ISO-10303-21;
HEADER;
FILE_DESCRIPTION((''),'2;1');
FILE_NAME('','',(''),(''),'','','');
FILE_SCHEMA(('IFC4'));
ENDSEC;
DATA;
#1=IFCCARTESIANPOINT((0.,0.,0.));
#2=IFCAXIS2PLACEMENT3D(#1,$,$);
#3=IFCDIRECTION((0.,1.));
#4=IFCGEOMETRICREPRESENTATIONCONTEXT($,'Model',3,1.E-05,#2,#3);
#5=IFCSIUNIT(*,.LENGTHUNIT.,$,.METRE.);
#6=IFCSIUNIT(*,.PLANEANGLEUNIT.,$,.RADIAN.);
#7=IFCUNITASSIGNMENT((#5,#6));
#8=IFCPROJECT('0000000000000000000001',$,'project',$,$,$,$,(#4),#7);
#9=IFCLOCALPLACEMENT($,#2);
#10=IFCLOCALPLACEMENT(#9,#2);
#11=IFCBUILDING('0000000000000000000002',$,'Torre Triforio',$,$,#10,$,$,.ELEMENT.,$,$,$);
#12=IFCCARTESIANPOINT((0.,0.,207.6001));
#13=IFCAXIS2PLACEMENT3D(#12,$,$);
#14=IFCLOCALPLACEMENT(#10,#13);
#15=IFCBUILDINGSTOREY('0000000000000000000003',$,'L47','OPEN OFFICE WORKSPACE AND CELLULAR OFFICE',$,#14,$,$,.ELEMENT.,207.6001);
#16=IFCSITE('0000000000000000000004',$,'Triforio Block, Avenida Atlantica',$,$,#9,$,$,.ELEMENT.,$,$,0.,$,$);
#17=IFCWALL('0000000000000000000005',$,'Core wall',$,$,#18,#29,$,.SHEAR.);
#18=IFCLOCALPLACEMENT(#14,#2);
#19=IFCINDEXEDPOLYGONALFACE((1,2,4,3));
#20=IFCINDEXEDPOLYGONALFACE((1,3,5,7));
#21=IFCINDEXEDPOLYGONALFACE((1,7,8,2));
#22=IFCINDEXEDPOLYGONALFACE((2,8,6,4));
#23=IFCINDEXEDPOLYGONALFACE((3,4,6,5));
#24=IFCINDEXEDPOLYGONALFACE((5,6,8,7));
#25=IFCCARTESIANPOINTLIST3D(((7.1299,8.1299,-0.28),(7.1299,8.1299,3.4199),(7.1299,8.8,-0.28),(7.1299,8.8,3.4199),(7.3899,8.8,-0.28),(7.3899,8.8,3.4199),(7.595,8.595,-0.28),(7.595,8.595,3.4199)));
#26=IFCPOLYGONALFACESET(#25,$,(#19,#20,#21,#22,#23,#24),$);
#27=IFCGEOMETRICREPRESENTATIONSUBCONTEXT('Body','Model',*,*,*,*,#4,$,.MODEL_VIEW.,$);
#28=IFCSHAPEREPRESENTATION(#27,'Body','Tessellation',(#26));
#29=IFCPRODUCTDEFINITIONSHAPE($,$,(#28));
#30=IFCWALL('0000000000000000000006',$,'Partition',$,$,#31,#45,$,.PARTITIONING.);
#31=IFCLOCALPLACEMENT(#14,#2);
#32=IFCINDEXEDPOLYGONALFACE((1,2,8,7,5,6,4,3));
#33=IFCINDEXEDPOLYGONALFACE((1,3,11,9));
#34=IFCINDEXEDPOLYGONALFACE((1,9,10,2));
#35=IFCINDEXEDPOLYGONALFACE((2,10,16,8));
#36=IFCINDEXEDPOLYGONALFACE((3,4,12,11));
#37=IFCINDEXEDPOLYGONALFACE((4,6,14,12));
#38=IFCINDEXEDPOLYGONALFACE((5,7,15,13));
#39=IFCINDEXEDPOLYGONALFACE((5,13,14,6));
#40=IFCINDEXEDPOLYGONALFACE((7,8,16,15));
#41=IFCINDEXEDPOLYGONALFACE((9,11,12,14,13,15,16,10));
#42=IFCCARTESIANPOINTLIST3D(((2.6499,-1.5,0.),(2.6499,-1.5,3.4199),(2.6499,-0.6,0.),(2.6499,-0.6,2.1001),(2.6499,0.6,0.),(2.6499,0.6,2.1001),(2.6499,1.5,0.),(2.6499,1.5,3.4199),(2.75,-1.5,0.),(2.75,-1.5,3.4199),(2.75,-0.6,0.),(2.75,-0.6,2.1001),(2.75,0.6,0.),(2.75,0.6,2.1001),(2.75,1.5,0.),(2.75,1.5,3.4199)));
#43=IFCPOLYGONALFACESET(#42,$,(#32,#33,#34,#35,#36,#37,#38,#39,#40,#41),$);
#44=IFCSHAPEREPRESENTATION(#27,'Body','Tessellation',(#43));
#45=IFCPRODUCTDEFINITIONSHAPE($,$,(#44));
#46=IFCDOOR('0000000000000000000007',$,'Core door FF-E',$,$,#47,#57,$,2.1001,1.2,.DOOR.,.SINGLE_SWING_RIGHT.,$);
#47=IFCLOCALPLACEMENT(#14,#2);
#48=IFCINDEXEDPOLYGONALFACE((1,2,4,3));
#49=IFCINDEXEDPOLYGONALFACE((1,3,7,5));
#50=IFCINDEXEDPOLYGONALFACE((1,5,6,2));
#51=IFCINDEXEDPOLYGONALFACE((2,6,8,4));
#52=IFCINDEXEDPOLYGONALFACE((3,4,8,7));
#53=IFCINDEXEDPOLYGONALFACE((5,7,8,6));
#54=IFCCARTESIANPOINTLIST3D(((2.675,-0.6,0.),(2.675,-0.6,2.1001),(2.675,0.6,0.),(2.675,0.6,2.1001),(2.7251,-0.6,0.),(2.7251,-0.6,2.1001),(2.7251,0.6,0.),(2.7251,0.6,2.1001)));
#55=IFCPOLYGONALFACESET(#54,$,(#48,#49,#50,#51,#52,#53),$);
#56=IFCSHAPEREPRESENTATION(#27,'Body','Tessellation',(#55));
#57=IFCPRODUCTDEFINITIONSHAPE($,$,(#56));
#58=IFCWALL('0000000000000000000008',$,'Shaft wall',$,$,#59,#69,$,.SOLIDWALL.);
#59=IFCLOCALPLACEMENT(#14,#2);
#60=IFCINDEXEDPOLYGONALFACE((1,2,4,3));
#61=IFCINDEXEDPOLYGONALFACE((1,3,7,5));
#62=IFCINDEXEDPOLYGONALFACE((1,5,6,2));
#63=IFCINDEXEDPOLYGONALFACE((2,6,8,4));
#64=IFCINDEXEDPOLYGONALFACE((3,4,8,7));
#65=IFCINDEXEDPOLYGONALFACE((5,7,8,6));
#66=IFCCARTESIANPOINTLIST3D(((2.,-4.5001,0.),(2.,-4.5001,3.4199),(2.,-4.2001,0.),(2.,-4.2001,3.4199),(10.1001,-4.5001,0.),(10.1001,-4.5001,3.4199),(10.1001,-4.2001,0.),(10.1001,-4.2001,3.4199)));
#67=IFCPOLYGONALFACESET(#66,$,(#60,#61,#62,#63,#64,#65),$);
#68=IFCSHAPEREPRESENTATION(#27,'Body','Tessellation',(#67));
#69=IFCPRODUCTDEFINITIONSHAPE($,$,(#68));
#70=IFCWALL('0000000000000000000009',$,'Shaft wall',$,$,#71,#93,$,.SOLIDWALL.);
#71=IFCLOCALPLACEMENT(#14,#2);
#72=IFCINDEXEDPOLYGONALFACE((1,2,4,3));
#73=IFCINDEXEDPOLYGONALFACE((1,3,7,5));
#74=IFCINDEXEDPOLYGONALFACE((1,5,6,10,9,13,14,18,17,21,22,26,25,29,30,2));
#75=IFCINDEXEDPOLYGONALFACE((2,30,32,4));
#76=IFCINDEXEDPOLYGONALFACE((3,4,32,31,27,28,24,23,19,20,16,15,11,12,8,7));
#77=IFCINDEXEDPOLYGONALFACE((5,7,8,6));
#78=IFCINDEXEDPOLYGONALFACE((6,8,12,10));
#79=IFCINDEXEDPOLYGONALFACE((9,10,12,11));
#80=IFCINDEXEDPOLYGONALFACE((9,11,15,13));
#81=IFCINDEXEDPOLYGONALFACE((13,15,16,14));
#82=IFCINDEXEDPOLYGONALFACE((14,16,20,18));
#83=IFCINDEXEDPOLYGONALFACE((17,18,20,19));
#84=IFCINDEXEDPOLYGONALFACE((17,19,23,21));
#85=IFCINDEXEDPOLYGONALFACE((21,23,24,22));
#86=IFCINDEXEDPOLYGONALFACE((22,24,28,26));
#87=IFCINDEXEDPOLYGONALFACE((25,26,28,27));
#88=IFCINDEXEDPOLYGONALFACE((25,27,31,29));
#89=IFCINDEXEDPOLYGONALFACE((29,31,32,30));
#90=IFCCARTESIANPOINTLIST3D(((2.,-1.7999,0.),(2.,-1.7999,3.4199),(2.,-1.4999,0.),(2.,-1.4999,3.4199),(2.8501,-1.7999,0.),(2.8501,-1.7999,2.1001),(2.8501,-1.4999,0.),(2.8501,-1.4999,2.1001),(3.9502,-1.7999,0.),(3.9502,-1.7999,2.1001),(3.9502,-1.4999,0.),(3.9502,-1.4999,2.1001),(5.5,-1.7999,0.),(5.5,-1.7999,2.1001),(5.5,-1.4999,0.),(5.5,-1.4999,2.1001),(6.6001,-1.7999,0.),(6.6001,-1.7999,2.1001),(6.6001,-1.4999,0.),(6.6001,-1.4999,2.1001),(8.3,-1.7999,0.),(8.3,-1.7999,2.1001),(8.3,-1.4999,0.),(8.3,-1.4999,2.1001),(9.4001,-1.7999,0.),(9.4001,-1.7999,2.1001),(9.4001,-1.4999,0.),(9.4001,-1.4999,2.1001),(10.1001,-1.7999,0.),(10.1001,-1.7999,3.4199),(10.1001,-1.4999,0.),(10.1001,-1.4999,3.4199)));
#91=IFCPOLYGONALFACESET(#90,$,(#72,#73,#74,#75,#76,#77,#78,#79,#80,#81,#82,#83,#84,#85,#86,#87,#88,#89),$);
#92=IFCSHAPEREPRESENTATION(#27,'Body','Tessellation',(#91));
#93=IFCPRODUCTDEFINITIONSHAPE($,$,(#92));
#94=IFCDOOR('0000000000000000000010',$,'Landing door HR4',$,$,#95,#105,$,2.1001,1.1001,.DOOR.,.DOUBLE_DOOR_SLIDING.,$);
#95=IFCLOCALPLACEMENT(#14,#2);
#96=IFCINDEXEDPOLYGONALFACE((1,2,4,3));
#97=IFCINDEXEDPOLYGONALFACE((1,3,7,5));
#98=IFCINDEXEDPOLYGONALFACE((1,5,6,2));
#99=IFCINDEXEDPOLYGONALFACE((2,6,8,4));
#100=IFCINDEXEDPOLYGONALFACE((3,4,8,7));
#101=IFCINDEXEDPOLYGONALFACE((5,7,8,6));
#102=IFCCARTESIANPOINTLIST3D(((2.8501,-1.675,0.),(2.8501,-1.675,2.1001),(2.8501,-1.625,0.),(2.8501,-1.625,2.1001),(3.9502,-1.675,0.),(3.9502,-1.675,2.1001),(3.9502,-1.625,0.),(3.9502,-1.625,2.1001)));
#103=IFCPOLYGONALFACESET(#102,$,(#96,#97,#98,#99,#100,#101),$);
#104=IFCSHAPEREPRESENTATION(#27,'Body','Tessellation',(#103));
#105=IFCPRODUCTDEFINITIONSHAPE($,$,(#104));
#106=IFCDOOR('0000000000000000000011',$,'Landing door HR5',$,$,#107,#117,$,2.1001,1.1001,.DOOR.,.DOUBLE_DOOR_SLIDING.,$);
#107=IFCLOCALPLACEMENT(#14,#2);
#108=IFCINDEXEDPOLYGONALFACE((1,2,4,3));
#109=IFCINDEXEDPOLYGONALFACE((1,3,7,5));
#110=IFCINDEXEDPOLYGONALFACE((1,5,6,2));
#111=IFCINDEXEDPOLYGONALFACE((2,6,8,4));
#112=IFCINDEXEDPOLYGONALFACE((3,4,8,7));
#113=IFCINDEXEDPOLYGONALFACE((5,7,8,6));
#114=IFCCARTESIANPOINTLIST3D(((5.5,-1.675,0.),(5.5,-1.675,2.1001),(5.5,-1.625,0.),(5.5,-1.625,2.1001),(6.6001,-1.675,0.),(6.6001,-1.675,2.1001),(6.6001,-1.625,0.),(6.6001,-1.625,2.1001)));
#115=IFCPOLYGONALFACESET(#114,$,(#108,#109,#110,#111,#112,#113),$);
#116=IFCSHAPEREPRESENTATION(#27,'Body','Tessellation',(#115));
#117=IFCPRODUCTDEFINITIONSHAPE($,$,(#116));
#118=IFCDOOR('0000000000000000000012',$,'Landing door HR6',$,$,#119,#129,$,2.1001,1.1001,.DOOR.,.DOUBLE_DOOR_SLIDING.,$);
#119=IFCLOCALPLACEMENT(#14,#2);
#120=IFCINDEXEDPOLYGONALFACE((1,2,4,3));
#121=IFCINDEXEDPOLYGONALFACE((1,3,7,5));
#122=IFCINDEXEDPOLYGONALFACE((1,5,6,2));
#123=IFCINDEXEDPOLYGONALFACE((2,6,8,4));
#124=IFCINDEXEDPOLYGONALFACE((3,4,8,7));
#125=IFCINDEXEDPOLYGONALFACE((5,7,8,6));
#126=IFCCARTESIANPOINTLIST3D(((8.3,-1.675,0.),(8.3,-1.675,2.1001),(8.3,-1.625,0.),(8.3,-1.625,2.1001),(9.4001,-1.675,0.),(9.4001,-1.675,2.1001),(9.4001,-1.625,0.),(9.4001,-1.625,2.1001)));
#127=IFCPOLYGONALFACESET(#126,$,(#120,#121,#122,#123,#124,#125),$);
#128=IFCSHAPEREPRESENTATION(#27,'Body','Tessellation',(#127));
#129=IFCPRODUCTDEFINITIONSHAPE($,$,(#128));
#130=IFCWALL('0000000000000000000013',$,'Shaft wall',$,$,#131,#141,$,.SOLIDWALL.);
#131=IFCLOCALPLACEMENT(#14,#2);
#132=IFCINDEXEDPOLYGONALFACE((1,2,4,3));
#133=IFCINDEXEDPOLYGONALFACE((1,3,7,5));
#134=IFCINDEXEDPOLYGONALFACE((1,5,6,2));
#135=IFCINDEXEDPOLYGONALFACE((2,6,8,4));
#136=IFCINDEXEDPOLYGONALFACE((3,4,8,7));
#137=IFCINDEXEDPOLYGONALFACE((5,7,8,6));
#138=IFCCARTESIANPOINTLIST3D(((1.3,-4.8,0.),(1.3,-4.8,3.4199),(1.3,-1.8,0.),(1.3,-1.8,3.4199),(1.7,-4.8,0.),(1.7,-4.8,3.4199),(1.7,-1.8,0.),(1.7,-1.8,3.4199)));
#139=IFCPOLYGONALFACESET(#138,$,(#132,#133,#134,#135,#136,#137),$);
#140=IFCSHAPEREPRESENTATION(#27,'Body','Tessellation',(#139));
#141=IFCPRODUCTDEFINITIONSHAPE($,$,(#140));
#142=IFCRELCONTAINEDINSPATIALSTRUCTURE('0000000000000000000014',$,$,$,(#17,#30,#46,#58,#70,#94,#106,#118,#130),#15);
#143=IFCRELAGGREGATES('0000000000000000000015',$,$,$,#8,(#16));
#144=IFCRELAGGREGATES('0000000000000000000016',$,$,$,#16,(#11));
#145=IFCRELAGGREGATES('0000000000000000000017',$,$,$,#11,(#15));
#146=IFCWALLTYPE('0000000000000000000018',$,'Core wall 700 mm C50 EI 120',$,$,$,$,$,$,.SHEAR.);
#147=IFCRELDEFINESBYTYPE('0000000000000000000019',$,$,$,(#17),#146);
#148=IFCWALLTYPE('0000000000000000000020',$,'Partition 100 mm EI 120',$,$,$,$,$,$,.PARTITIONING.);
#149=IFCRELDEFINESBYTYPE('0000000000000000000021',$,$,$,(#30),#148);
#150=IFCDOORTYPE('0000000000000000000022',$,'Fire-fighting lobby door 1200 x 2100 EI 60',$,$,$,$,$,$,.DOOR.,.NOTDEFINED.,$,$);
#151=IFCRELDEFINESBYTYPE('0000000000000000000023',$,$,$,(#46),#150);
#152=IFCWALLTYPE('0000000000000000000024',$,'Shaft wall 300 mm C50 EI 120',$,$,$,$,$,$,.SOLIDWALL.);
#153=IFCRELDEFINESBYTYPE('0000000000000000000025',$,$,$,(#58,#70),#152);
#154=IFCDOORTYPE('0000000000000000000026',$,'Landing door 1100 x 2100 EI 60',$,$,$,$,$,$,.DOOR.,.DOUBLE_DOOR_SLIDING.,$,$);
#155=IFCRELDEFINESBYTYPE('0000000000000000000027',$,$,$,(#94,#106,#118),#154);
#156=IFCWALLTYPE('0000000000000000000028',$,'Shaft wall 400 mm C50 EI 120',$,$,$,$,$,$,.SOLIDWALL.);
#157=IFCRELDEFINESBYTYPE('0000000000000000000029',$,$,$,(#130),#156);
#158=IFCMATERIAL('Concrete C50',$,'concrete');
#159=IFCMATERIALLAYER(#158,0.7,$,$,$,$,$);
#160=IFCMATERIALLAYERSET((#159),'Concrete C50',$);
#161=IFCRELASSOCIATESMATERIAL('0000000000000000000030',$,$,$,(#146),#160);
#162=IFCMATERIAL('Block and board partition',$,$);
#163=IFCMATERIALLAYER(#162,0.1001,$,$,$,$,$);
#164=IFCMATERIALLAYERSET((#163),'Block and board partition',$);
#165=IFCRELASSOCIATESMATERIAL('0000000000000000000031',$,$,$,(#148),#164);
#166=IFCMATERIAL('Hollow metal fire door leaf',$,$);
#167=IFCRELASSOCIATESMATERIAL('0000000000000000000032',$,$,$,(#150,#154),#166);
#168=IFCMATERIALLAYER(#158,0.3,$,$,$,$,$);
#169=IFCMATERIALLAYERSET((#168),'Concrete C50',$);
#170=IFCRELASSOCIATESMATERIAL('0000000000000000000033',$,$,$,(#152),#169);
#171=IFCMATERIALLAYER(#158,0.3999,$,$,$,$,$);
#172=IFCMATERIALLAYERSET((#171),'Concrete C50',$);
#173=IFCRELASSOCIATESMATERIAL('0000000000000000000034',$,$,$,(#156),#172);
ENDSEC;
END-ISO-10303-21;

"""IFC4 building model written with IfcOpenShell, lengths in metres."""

from ifc_helpers import new_model, si_unit, direction, frame, frame_2d, origin, place, context, subcontext, project, spatial, polyline, rectangle, outline, extrude, material, layer, layer_set, type_object, element, fill, save


model = new_model("IFC4")

# Units and contexts
model_context = context("Model", 3, precision=1e-05, world=origin(), true_north=direction((0.0, 1.0)))
body_context = subcontext(model_context, "Body", "Model", "MODEL_VIEW")
ifc_project = project(units=[si_unit("LENGTHUNIT", "METRE"), si_unit("PLANEANGLEUNIT", "RADIAN")], contexts=[model_context])

# Site, building, storey
site_placement = place(None, origin())
site = spatial("IfcSite", under=ifc_project, at=site_placement, Name="Triforio Block, Avenida Atlantica", CompositionType="ELEMENT", RefElevation=0.0)
building_placement = place(site_placement, origin())
building = spatial("IfcBuilding", under=site, at=building_placement, Name="Torre Triforio", CompositionType="ELEMENT")
storey_placement = place(building_placement, frame((0.0, 0.0, 207.6001)))
storey = spatial("IfcBuildingStorey", under=building, at=storey_placement, Name="L47", Description="OPEN OFFICE WORKSPACE AND CELLULAR OFFICE", CompositionType="ELEMENT", Elevation=207.6001)

# Shared definitions
ifc_material_1 = material(Name="Concrete C50", Category="concrete")

# Wall
ifc_layer_1 = layer(ifc_material_1, 0.7)
ifc_layer_set_1 = layer_set([ifc_layer_1], Name="Concrete C50")
wall_type_1 = type_object("IfcWallType", Name="Core wall 700 mm C50 EI 120", PredefinedType="SHEAR", material=ifc_layer_set_1)
wall_1_placement = place(storey_placement, frame((0.0, 0.0, -0.28)))
element("IfcWall", 1, at=wall_1_placement, inside=storey, type_object=wall_type_1, Name="Core wall", PredefinedType="SHEAR", context=body_context, shape_type="SweptSolid", body=[
    extrude(outline(polyline([(7.3899, 8.8), (7.595, 8.595), (7.595, 8.595), (7.595, 8.595), (7.1299, 8.1299), (7.1299, 8.8), (7.1299, 8.8), (7.3899, 8.8)])), origin(), (0.0, 0.0, 1.0), 3.7),
])

# Wall, opening, door
ifc_material_2 = material(Name="Block and board partition")
ifc_layer_2 = layer(ifc_material_2, 0.1001)
ifc_layer_set_2 = layer_set([ifc_layer_2], Name="Block and board partition")
wall_type_2 = type_object("IfcWallType", Name="Partition 100 mm EI 120", PredefinedType="PARTITIONING", material=ifc_layer_set_2)
wall_2_placement = place(storey_placement, frame((2.7, -1.5, 0.0), z_axis=(0.0, 0.0, 1.0), x_axis=(0.0, 1.0, 0.0)))
wall_2 = element("IfcWall", 2, at=wall_2_placement, inside=storey, type_object=wall_type_2, Name="Partition", PredefinedType="PARTITIONING", context=body_context, shape_type="SweptSolid", body=[
    extrude(rectangle(XDim=3.0, YDim=0.1001, at=frame_2d((1.5, 0.0))), origin(), (0.0, 0.0, 1.0), 3.4199),
])
opening_1_placement = place(wall_2_placement, frame((0.8999, 0.0, 0.0)))
opening_1 = element("IfcOpeningElement", 3, at=opening_1_placement, cuts=wall_2, PredefinedType="OPENING", context=body_context, shape_type="SweptSolid", body=[
    extrude(rectangle(XDim=1.2, YDim=2.1001, at=frame_2d((0.6001, 1.05))), frame((0.0, 0.0601, 0.0), z_axis=(0.0, -1.0, 0.0), x_axis=(1.0, 0.0, 0.0)), (0.0, 0.0, 1.0), 0.1201),
])
ifc_material_3 = material(Name="Hollow metal fire door leaf")
door_type_1 = type_object("IfcDoorType", Name="Fire-fighting lobby door 1200 x 2100 EI 60", OperationType="NOTDEFINED", PredefinedType="DOOR", material=ifc_material_3)
door_1_placement = place(opening_1_placement, origin())
door_1 = element("IfcDoor", 4, at=door_1_placement, inside=storey, type_object=door_type_1, Name="Core door FF-E", OperationType="SINGLE_SWING_RIGHT", OverallHeight=2.1001, OverallWidth=1.2, PredefinedType="DOOR", context=body_context, shape_type="SweptSolid", body=[
    extrude(rectangle(XDim=1.2, YDim=2.1001, at=frame_2d((0.6001, 1.05))), frame((0.0, 0.0249, 0.0), z_axis=(0.0, -1.0, 0.0), x_axis=(1.0, 0.0, 0.0)), (0.0, 0.0, 1.0), 0.05),
])
fill(opening_1, door_1)

# Wall
ifc_layer_3 = layer(ifc_material_1, 0.3)
ifc_layer_set_3 = layer_set([ifc_layer_3], Name="Concrete C50")
wall_type_3 = type_object("IfcWallType", Name="Shaft wall 300 mm C50 EI 120", PredefinedType="SOLIDWALL", material=ifc_layer_set_3)
wall_3_placement = place(storey_placement, frame((2.0, -4.3501, 0.0), z_axis=(0.0, 0.0, 1.0), x_axis=(1.0, 0.0, 0.0)))
element("IfcWall", 5, at=wall_3_placement, inside=storey, type_object=wall_type_3, Name="Shaft wall", PredefinedType="SOLIDWALL", context=body_context, shape_type="SweptSolid", body=[
    extrude(rectangle(XDim=8.1001, YDim=0.3, at=frame_2d((4.05, 0.0))), origin(), (0.0, 0.0, 1.0), 3.4199),
])

# Wall, openings, doors
wall_4_placement = place(storey_placement, frame((2.0, -1.6499, 0.0), z_axis=(0.0, 0.0, 1.0), x_axis=(1.0, 0.0, 0.0)))
wall_4 = element("IfcWall", 6, at=wall_4_placement, inside=storey, type_object=wall_type_3, Name="Shaft wall", PredefinedType="SOLIDWALL", context=body_context, shape_type="SweptSolid", body=[
    extrude(rectangle(XDim=8.1001, YDim=0.3, at=frame_2d((4.05, 0.0))), origin(), (0.0, 0.0, 1.0), 3.4199),
])
opening_2_placement = place(wall_4_placement, frame((0.8501, 0.0, 0.0)))
opening_2 = element("IfcOpeningElement", 7, at=opening_2_placement, cuts=wall_4, PredefinedType="OPENING", context=body_context, shape_type="SweptSolid", body=[
    extrude(rectangle(XDim=1.1001, YDim=2.1001, at=frame_2d((0.55, 1.05))), frame((0.0, 0.1599, 0.0), z_axis=(0.0, -1.0, 0.0), x_axis=(1.0, 0.0, 0.0)), (0.0, 0.0, 1.0), 0.3201),
])
opening_3_placement = place(wall_4_placement, frame((3.5, 0.0, 0.0)))
opening_3 = element("IfcOpeningElement", 8, at=opening_3_placement, cuts=wall_4, PredefinedType="OPENING", context=body_context, shape_type="SweptSolid", body=[
    extrude(rectangle(XDim=1.1001, YDim=2.1001, at=frame_2d((0.55, 1.05))), frame((0.0, 0.1599, 0.0), z_axis=(0.0, -1.0, 0.0), x_axis=(1.0, 0.0, 0.0)), (0.0, 0.0, 1.0), 0.3201),
])
opening_4_placement = place(wall_4_placement, frame((6.3, 0.0, 0.0)))
opening_4 = element("IfcOpeningElement", 9, at=opening_4_placement, cuts=wall_4, PredefinedType="OPENING", context=body_context, shape_type="SweptSolid", body=[
    extrude(rectangle(XDim=1.1001, YDim=2.1001, at=frame_2d((0.55, 1.05))), frame((0.0, 0.1599, 0.0), z_axis=(0.0, -1.0, 0.0), x_axis=(1.0, 0.0, 0.0)), (0.0, 0.0, 1.0), 0.3201),
])
door_type_2 = type_object("IfcDoorType", Name="Landing door 1100 x 2100 EI 60", OperationType="DOUBLE_DOOR_SLIDING", PredefinedType="DOOR", material=ifc_material_3)
door_2_placement = place(opening_2_placement, origin())
door_2 = element("IfcDoor", 10, at=door_2_placement, inside=storey, type_object=door_type_2, Name="Landing door HR4", OperationType="DOUBLE_DOOR_SLIDING", OverallHeight=2.1001, OverallWidth=1.1001, PredefinedType="DOOR", context=body_context, shape_type="SweptSolid", body=[
    extrude(rectangle(XDim=1.1001, YDim=2.1001, at=frame_2d((0.55, 1.05))), frame((0.0, 0.0249, 0.0), z_axis=(0.0, -1.0, 0.0), x_axis=(1.0, 0.0, 0.0)), (0.0, 0.0, 1.0), 0.05),
])
fill(opening_2, door_2)
door_3_placement = place(opening_3_placement, origin())
door_3 = element("IfcDoor", 11, at=door_3_placement, inside=storey, type_object=door_type_2, Name="Landing door HR5", OperationType="DOUBLE_DOOR_SLIDING", OverallHeight=2.1001, OverallWidth=1.1001, PredefinedType="DOOR", context=body_context, shape_type="SweptSolid", body=[
    extrude(rectangle(XDim=1.1001, YDim=2.1001, at=frame_2d((0.55, 1.05))), frame((0.0, 0.0249, 0.0), z_axis=(0.0, -1.0, 0.0), x_axis=(1.0, 0.0, 0.0)), (0.0, 0.0, 1.0), 0.05),
])
fill(opening_3, door_3)
door_4_placement = place(opening_4_placement, origin())
door_4 = element("IfcDoor", 12, at=door_4_placement, inside=storey, type_object=door_type_2, Name="Landing door HR6", OperationType="DOUBLE_DOOR_SLIDING", OverallHeight=2.1001, OverallWidth=1.1001, PredefinedType="DOOR", context=body_context, shape_type="SweptSolid", body=[
    extrude(rectangle(XDim=1.1001, YDim=2.1001, at=frame_2d((0.55, 1.05))), frame((0.0, 0.0249, 0.0), z_axis=(0.0, -1.0, 0.0), x_axis=(1.0, 0.0, 0.0)), (0.0, 0.0, 1.0), 0.05),
])
fill(opening_4, door_4)

# Wall
ifc_layer_4 = layer(ifc_material_1, 0.3999)
ifc_layer_set_4 = layer_set([ifc_layer_4], Name="Concrete C50")
wall_type_4 = type_object("IfcWallType", Name="Shaft wall 400 mm C50 EI 120", PredefinedType="SOLIDWALL", material=ifc_layer_set_4)
wall_5_placement = place(storey_placement, frame((1.5, -4.8, 0.0), z_axis=(0.0, 0.0, 1.0), x_axis=(0.0, 1.0, 0.0)))
element("IfcWall", 13, at=wall_5_placement, inside=storey, type_object=wall_type_4, Name="Shaft wall", PredefinedType="SOLIDWALL", context=body_context, shape_type="SweptSolid", body=[
    extrude(rectangle(XDim=3.0, YDim=0.3999, at=frame_2d((1.5, 0.0))), origin(), (0.0, 0.0, 1.0), 3.4199),
])

save(model, "model.ifc")
